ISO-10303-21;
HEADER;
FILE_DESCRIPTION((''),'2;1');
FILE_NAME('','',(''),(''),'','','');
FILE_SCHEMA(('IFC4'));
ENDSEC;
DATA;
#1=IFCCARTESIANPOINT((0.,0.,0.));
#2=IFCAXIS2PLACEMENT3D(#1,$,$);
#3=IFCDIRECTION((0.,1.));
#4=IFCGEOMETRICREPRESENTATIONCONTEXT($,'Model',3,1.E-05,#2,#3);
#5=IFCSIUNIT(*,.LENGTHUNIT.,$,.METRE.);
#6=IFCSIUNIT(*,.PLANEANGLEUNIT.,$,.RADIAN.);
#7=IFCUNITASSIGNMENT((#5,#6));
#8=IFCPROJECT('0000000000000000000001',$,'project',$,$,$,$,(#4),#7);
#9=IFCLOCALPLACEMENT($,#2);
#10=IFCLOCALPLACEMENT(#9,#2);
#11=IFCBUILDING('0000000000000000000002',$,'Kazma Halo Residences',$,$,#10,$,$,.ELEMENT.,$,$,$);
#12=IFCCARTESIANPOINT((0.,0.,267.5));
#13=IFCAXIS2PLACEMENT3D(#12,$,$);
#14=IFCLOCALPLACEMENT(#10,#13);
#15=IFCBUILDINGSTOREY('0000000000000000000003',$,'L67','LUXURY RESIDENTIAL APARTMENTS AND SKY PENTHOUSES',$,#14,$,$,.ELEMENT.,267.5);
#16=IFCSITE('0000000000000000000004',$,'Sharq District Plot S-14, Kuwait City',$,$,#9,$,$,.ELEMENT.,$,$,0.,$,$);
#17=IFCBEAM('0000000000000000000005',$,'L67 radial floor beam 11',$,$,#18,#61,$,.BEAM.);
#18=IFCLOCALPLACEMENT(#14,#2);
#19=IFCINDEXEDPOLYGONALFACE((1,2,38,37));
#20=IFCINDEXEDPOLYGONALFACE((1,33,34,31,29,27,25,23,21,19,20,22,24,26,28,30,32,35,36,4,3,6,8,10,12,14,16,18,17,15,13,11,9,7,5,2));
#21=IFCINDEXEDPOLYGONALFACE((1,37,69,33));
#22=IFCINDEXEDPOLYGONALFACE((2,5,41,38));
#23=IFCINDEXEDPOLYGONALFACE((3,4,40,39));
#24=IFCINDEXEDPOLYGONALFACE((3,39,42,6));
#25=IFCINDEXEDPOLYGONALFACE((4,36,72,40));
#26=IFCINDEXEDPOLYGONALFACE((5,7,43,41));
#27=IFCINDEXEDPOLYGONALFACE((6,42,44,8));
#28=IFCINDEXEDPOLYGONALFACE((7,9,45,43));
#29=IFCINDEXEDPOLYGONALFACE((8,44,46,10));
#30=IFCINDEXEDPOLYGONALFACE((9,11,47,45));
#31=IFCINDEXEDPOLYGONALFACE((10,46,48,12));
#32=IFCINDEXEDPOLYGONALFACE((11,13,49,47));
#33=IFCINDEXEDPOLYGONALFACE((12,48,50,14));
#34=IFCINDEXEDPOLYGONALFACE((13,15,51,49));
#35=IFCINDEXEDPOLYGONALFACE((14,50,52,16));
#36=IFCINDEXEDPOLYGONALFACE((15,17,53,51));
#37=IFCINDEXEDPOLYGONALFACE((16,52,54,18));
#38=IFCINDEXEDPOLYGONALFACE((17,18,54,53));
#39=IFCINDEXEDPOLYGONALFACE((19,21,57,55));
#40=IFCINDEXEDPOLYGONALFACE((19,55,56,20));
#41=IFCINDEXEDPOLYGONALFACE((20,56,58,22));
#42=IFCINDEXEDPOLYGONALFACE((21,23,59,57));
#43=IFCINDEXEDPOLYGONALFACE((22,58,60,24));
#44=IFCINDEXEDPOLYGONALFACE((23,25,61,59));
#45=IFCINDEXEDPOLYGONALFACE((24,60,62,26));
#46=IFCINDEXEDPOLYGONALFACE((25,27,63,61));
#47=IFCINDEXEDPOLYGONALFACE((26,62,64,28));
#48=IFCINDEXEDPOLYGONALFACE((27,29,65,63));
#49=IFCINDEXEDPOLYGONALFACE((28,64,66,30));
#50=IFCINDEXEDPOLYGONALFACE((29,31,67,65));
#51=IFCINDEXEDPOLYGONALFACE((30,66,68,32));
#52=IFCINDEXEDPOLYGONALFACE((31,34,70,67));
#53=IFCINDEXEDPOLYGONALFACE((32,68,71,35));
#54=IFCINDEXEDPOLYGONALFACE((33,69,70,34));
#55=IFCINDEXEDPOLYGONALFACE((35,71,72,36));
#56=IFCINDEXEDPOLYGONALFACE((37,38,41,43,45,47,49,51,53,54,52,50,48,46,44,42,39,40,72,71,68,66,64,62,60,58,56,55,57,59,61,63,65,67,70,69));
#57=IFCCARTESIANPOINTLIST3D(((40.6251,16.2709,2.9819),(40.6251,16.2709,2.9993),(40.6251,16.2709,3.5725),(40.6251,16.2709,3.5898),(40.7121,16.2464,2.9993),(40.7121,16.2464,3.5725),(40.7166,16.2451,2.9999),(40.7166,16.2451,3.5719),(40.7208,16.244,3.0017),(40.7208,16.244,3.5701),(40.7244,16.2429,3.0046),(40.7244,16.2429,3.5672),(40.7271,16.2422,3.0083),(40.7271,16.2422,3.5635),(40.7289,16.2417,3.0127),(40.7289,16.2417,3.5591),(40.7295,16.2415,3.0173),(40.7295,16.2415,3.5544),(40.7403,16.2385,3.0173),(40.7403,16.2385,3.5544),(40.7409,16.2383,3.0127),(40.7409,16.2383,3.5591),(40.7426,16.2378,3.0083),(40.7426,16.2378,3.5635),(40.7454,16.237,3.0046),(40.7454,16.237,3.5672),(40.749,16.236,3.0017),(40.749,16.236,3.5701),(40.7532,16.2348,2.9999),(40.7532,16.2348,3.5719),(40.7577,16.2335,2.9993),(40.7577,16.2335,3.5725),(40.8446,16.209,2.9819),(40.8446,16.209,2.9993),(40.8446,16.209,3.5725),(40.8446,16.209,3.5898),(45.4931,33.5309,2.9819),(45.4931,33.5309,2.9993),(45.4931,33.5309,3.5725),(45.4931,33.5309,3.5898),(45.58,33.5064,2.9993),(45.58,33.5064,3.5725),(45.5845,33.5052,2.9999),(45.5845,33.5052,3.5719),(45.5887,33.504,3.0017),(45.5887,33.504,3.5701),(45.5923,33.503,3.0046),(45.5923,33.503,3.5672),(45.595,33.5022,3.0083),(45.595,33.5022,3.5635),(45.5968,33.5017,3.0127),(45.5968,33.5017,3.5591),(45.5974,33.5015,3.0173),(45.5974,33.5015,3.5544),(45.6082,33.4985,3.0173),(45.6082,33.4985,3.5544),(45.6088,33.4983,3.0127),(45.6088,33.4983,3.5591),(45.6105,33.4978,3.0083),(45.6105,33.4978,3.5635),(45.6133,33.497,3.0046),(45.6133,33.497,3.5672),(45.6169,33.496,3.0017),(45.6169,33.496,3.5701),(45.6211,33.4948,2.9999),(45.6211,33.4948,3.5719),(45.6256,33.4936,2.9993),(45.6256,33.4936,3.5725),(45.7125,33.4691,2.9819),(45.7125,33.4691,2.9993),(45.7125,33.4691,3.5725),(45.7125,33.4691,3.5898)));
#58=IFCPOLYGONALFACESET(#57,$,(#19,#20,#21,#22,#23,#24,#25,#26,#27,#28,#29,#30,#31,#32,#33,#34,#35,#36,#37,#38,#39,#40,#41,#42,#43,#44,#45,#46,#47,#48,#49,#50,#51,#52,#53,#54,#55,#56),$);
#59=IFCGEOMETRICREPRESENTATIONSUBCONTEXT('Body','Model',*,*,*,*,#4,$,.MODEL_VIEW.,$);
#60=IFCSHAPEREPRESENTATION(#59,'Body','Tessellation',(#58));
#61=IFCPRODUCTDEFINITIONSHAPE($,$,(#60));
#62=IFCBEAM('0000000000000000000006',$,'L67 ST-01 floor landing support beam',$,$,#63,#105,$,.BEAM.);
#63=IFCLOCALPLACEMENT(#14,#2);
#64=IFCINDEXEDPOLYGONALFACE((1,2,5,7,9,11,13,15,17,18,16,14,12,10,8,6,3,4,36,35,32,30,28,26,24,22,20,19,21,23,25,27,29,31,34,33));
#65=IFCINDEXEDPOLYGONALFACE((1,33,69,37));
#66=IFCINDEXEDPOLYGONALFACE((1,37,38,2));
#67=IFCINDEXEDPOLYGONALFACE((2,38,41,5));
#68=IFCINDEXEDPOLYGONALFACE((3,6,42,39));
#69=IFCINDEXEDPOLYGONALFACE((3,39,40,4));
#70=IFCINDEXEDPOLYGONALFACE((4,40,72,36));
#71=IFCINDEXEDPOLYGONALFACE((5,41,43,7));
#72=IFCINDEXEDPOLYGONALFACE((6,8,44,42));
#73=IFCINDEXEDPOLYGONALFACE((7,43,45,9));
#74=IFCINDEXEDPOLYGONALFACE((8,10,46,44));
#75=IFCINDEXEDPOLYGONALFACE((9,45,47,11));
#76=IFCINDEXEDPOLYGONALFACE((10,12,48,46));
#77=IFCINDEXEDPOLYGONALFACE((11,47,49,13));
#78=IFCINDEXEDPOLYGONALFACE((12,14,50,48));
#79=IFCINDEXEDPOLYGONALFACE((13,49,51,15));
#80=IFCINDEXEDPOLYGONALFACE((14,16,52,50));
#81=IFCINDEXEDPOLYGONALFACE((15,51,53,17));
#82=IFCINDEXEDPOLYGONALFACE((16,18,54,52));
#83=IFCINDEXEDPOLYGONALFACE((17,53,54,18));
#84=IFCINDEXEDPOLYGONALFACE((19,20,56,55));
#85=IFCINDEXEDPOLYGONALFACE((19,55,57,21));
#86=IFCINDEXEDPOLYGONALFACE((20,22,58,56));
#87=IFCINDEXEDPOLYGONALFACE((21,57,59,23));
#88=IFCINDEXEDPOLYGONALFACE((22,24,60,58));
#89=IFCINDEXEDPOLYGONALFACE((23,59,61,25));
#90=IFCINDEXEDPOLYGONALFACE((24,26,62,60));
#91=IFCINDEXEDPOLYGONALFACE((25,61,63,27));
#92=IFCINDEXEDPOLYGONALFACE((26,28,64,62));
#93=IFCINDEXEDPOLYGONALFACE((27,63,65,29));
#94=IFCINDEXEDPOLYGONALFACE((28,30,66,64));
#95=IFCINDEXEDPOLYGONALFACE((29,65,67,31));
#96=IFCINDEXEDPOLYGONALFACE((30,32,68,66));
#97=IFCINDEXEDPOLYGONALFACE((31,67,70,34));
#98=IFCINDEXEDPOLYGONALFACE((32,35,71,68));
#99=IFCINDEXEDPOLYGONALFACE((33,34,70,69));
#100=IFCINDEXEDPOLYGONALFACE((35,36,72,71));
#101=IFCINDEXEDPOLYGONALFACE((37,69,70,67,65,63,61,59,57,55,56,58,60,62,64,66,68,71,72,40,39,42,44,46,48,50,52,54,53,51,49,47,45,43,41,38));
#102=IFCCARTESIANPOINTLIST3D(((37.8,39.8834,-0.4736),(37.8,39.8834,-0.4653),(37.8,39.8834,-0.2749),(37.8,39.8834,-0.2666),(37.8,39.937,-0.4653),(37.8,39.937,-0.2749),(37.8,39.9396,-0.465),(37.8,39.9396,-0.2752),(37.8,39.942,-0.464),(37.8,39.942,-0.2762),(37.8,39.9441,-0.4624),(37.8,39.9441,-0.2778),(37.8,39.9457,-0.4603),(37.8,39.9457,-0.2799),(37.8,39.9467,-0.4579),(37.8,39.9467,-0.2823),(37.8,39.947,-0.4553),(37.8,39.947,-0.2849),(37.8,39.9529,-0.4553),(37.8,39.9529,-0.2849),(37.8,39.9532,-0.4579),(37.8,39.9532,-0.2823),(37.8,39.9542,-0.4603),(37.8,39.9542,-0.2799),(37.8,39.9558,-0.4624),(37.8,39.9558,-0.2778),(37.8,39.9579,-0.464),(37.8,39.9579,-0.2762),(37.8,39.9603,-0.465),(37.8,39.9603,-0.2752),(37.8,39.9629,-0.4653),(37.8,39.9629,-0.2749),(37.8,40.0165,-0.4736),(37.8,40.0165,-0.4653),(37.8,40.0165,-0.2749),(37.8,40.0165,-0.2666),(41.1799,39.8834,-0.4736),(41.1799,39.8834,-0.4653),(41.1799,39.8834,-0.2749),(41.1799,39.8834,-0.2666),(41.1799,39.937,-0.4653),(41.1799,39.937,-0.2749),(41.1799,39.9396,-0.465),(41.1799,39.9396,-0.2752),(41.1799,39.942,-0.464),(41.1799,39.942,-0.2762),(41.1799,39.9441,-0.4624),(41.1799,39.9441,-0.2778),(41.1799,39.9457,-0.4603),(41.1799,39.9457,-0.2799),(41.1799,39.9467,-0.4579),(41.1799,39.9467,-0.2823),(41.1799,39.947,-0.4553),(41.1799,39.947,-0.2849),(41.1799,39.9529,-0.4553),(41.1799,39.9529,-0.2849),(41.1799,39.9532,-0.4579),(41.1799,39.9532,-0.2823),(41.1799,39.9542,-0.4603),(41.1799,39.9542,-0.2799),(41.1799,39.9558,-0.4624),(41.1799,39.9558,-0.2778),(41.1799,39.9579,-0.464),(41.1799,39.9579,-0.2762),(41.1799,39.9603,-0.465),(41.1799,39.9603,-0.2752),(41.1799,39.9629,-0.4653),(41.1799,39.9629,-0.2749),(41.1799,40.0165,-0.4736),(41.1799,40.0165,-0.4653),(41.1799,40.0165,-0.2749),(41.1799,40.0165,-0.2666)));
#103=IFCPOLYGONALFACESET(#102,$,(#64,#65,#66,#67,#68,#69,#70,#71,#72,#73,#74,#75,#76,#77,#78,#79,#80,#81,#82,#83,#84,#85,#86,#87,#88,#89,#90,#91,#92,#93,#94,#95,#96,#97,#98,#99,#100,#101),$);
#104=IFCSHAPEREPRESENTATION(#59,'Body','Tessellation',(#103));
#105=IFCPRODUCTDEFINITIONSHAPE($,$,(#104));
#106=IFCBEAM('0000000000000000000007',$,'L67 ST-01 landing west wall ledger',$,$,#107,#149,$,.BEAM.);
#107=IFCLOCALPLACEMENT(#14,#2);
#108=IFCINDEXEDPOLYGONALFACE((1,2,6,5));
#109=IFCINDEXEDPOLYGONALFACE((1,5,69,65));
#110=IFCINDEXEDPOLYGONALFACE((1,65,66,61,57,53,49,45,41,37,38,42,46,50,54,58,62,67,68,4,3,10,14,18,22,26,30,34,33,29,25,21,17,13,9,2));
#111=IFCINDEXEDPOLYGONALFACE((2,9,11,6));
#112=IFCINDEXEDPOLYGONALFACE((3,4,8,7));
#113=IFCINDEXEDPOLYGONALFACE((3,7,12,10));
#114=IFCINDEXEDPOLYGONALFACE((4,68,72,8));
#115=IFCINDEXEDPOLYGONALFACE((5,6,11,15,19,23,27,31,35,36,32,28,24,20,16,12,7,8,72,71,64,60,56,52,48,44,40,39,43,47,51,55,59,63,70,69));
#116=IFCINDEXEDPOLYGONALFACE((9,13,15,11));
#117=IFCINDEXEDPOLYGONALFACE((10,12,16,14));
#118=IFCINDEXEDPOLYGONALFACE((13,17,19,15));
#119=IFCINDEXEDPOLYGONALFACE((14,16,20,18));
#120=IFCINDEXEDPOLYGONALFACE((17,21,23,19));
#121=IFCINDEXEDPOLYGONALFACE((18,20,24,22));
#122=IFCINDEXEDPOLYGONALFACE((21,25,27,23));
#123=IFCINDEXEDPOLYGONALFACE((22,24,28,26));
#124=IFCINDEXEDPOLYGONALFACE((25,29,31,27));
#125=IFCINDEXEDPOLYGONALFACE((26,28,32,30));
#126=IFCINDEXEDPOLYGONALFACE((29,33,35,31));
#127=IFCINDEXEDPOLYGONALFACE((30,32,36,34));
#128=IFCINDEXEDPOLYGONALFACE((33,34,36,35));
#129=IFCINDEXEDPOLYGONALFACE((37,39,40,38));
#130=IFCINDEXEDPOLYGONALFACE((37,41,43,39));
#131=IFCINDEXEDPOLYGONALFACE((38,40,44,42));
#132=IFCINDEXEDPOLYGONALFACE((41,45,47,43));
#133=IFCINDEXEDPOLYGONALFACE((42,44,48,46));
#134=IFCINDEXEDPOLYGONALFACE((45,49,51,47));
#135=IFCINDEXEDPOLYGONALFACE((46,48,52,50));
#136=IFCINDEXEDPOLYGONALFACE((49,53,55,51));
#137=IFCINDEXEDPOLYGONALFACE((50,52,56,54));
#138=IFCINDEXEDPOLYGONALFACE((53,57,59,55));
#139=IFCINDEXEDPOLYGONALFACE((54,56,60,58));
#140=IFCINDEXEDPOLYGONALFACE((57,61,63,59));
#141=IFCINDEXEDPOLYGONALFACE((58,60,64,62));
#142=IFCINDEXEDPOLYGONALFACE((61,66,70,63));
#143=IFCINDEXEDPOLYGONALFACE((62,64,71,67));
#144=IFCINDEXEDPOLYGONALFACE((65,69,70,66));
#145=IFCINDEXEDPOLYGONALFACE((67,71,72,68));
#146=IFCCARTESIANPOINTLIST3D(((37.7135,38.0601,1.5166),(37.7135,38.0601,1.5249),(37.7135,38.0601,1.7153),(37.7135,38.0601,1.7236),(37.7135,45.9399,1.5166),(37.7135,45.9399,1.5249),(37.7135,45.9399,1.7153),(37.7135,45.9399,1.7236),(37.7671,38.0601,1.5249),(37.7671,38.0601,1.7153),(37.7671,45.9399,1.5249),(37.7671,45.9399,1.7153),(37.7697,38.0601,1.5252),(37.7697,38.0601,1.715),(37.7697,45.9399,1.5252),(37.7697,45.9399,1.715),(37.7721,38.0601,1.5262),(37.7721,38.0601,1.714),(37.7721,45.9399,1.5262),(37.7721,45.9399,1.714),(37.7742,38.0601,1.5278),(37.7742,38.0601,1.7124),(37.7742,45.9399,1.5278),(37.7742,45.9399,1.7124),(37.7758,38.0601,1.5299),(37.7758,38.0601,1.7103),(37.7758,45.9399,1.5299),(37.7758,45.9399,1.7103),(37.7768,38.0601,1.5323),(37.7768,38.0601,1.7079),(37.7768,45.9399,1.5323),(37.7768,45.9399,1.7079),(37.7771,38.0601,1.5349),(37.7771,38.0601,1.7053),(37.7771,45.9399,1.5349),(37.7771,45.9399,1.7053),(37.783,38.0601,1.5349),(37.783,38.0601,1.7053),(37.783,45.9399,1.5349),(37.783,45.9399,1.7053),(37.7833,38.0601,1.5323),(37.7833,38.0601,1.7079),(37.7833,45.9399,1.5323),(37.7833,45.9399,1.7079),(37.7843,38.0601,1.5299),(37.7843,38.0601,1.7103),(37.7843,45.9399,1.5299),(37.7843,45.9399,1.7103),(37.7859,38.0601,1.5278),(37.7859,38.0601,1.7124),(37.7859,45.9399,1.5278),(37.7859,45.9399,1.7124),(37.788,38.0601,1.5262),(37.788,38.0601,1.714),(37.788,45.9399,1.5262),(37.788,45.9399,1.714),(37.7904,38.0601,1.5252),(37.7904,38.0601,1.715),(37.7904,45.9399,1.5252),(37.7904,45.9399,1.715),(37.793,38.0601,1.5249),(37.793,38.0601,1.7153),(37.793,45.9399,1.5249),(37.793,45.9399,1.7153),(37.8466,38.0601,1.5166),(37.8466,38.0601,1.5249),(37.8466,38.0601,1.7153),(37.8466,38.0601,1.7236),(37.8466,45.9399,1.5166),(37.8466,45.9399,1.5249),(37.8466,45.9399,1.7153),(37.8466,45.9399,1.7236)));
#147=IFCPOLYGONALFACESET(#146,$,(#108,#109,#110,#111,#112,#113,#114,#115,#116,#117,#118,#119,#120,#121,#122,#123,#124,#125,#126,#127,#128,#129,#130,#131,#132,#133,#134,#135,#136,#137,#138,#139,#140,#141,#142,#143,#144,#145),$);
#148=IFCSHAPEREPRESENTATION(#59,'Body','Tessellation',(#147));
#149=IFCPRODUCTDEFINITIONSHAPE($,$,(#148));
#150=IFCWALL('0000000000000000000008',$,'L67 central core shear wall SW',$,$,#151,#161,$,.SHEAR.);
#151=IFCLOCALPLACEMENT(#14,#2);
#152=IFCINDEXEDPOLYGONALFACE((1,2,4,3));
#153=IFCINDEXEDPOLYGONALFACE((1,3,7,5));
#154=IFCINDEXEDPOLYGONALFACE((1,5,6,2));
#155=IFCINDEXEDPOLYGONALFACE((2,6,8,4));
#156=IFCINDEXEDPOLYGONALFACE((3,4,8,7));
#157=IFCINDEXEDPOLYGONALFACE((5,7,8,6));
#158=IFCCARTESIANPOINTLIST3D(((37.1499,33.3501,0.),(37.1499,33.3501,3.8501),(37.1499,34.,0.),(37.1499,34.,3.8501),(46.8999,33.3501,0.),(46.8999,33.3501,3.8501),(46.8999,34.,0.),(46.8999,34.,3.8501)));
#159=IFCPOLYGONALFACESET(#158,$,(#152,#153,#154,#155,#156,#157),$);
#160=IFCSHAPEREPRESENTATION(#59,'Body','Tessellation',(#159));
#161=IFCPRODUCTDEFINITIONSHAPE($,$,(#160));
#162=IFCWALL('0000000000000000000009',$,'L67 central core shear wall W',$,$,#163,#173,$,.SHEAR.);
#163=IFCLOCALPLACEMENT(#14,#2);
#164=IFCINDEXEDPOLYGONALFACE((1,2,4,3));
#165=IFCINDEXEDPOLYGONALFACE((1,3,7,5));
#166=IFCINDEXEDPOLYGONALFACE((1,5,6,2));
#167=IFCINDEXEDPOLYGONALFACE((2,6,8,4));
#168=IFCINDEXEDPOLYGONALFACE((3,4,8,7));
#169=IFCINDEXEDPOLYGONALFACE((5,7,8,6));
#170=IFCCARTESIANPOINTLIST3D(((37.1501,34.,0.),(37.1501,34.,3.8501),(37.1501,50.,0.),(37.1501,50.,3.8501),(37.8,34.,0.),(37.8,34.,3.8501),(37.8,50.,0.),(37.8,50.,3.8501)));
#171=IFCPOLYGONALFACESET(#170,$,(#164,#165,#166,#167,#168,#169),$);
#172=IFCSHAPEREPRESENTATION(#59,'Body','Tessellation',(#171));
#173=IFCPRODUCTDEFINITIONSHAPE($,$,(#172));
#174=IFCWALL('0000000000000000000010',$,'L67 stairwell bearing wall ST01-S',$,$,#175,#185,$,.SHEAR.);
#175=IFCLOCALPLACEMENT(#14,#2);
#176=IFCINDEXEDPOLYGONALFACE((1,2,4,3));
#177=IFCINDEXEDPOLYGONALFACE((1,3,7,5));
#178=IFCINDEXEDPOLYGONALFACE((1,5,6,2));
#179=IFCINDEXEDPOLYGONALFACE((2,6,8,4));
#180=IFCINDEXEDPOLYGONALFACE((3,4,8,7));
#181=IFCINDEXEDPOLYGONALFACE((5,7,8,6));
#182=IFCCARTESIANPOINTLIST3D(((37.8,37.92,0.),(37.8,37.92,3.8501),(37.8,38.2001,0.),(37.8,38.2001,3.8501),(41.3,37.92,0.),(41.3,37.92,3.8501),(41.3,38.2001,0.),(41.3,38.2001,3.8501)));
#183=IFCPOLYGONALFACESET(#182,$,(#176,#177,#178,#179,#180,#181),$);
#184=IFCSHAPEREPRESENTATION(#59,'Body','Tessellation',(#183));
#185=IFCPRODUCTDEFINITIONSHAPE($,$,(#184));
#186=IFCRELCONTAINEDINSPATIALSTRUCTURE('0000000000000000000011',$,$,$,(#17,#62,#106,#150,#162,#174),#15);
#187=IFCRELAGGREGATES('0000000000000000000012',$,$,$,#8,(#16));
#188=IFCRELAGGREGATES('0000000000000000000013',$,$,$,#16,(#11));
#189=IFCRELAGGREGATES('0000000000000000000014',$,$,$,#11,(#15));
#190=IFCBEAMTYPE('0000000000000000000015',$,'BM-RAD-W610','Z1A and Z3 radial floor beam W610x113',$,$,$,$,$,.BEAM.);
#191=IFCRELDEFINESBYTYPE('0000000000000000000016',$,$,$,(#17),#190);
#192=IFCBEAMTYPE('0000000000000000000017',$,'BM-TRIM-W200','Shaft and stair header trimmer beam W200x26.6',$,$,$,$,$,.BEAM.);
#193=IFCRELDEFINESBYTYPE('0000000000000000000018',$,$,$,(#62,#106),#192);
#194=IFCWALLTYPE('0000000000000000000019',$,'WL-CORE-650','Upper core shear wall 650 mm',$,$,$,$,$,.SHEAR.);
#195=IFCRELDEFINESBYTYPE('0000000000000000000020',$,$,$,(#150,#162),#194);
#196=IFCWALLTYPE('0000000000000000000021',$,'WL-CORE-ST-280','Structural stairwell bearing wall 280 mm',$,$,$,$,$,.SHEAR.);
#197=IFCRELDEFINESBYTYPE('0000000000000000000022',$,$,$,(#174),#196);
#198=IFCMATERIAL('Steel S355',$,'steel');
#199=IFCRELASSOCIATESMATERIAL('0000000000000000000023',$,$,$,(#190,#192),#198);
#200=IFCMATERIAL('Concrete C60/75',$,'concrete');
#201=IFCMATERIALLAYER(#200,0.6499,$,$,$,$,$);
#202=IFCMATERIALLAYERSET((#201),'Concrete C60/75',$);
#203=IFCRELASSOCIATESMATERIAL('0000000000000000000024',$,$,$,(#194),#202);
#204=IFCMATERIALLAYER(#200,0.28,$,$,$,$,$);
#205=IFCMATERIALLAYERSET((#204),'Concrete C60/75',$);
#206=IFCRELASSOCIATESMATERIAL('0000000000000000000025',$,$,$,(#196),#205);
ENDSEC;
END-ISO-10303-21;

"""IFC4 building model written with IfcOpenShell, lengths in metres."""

from ifc_helpers import new_model, si_unit, direction, frame, frame_2d, origin, origin_2d, place, context, subcontext, project, spatial, rectangle, i_section, extrude, material, layer, layer_set, material_profile, profile_set, type_object, element, save


model = new_model("IFC4")

# Units and contexts
model_context = context("Model", 3, precision=1e-05, world=origin(), true_north=direction((0.0, 1.0)))
body_context = subcontext(model_context, "Body", "Model", "MODEL_VIEW")
ifc_project = project(units=[si_unit("LENGTHUNIT", "METRE"), si_unit("PLANEANGLEUNIT", "RADIAN")], contexts=[model_context])

# Site, building, storey
site_placement = place(None, origin())
site = spatial("IfcSite", under=ifc_project, at=site_placement, Name="Sharq District Plot S-14, Kuwait City", CompositionType="ELEMENT", RefElevation=0.0)
building_placement = place(site_placement, origin())
building = spatial("IfcBuilding", under=site, at=building_placement, Name="Kazma Halo Residences", CompositionType="ELEMENT")
storey_placement = place(building_placement, frame((0.0, 0.0, 267.5)))
storey = spatial("IfcBuildingStorey", under=building, at=storey_placement, Name="L67", Description="LUXURY RESIDENTIAL APARTMENTS AND SKY PENTHOUSES", CompositionType="ELEMENT", Elevation=267.5)

# Beams
ifc_material_1 = material(Name="Steel S355", Category="steel")
ifc_material_profile_1 = material_profile(ifc_material_1, i_section(OverallWidth=0.228, OverallDepth=0.6079, WebThickness=0.0112, FlangeThickness=0.0173, FilletRadius=0.0181, at=origin_2d()), Name="W610x113")
ifc_profile_set_1 = profile_set([ifc_material_profile_1], Name="Steel S355")
beam_type_1 = type_object("IfcBeamType", Name="BM-RAD-W610", Description="Z1A and Z3 radial floor beam W610x113", PredefinedType="BEAM", material=ifc_profile_set_1)
beam_1_placement = place(storey_placement, frame((45.6028, 33.5, 3.2859), z_axis=(-0.271445, -0.962454, 0.0), x_axis=(0.962454, -0.271445, 0.0)))
element("IfcBeam", 1, at=beam_1_placement, inside=storey, type_object=beam_type_1, Name="L67 radial floor beam 11", PredefinedType="BEAM", context=body_context, shape_type="SweptSolid", body=[
    extrude(i_section(OverallWidth=0.228, OverallDepth=0.6079, WebThickness=0.0112, FlangeThickness=0.0173, FilletRadius=0.0181, at=origin_2d()), origin(), (0.0, 0.0, 1.0), 17.9333),
])
ifc_material_profile_2 = material_profile(ifc_material_1, i_section(OverallWidth=0.1331, OverallDepth=0.207, WebThickness=0.0059, FlangeThickness=0.0083, FilletRadius=0.01, at=origin_2d()), Name="W200x26.6")
ifc_profile_set_2 = profile_set([ifc_material_profile_2], Name="Steel S355")
beam_type_2 = type_object("IfcBeamType", Name="BM-TRIM-W200", Description="Shaft and stair header trimmer beam W200x26.6", PredefinedType="BEAM", material=ifc_profile_set_2)
beam_2_placement = place(storey_placement, frame((37.8, 39.95, -0.3701), z_axis=(1.0, 0.0, 0.0), x_axis=(0.0, 1.0, 0.0)))
element("IfcBeam", 2, at=beam_2_placement, inside=storey, type_object=beam_type_2, Name="L67 ST-01 floor landing support beam", PredefinedType="BEAM", context=body_context, shape_type="SweptSolid", body=[
    extrude(i_section(OverallWidth=0.1331, OverallDepth=0.207, WebThickness=0.0059, FlangeThickness=0.0083, FilletRadius=0.01, at=origin_2d()), origin(), (0.0, 0.0, 1.0), 3.3799),
])
beam_3_placement = place(storey_placement, frame((37.78, 38.0601, 1.6201), z_axis=(0.0, 1.0, 0.0), x_axis=(-1.0, 0.0, 0.0)))
element("IfcBeam", 3, at=beam_3_placement, inside=storey, type_object=beam_type_2, Name="L67 ST-01 landing west wall ledger", PredefinedType="BEAM", context=body_context, shape_type="SweptSolid", body=[
    extrude(i_section(OverallWidth=0.1331, OverallDepth=0.207, WebThickness=0.0059, FlangeThickness=0.0083, FilletRadius=0.01, at=origin_2d()), origin(), (0.0, 0.0, 1.0), 7.8799),
])

# Walls
ifc_material_2 = material(Name="Concrete C60/75", Category="concrete")
ifc_layer_1 = layer(ifc_material_2, 0.6499)
ifc_layer_set_1 = layer_set([ifc_layer_1], Name="Concrete C60/75")
wall_type_1 = type_object("IfcWallType", Name="WL-CORE-650", Description="Upper core shear wall 650 mm", PredefinedType="SHEAR", material=ifc_layer_set_1)
wall_1_placement = place(storey_placement, frame((37.1499, 33.675, 0.0), z_axis=(0.0, 0.0, 1.0), x_axis=(1.0, 0.0, 0.0)))
element("IfcWall", 4, at=wall_1_placement, inside=storey, type_object=wall_type_1, Name="L67 central core shear wall SW", PredefinedType="SHEAR", context=body_context, shape_type="SweptSolid", body=[
    extrude(rectangle(XDim=9.75, YDim=0.6499, at=frame_2d((4.875, 0.0))), origin(), (0.0, 0.0, 1.0), 3.8501),
])
wall_2_placement = place(storey_placement, frame((37.4751, 34.0, 0.0), z_axis=(0.0, 0.0, 1.0), x_axis=(0.0, 1.0, 0.0)))
element("IfcWall", 5, at=wall_2_placement, inside=storey, type_object=wall_type_1, Name="L67 central core shear wall W", PredefinedType="SHEAR", context=body_context, shape_type="SweptSolid", body=[
    extrude(rectangle(XDim=16.0, YDim=0.6499, at=frame_2d((8.0, 0.0))), origin(), (0.0, 0.0, 1.0), 3.8501),
])
ifc_layer_2 = layer(ifc_material_2, 0.28)
ifc_layer_set_2 = layer_set([ifc_layer_2], Name="Concrete C60/75")
wall_type_2 = type_object("IfcWallType", Name="WL-CORE-ST-280", Description="Structural stairwell bearing wall 280 mm", PredefinedType="SHEAR", material=ifc_layer_set_2)
wall_3_placement = place(storey_placement, frame((37.8, 38.0601, 0.0), z_axis=(0.0, 0.0, 1.0), x_axis=(1.0, 0.0, 0.0)))
element("IfcWall", 6, at=wall_3_placement, inside=storey, type_object=wall_type_2, Name="L67 stairwell bearing wall ST01-S", PredefinedType="SHEAR", context=body_context, shape_type="SweptSolid", body=[
    extrude(rectangle(XDim=3.5, YDim=0.28, at=frame_2d((1.75, 0.0))), origin(), (0.0, 0.0, 1.0), 3.8501),
])

save(model, "model.ifc")
